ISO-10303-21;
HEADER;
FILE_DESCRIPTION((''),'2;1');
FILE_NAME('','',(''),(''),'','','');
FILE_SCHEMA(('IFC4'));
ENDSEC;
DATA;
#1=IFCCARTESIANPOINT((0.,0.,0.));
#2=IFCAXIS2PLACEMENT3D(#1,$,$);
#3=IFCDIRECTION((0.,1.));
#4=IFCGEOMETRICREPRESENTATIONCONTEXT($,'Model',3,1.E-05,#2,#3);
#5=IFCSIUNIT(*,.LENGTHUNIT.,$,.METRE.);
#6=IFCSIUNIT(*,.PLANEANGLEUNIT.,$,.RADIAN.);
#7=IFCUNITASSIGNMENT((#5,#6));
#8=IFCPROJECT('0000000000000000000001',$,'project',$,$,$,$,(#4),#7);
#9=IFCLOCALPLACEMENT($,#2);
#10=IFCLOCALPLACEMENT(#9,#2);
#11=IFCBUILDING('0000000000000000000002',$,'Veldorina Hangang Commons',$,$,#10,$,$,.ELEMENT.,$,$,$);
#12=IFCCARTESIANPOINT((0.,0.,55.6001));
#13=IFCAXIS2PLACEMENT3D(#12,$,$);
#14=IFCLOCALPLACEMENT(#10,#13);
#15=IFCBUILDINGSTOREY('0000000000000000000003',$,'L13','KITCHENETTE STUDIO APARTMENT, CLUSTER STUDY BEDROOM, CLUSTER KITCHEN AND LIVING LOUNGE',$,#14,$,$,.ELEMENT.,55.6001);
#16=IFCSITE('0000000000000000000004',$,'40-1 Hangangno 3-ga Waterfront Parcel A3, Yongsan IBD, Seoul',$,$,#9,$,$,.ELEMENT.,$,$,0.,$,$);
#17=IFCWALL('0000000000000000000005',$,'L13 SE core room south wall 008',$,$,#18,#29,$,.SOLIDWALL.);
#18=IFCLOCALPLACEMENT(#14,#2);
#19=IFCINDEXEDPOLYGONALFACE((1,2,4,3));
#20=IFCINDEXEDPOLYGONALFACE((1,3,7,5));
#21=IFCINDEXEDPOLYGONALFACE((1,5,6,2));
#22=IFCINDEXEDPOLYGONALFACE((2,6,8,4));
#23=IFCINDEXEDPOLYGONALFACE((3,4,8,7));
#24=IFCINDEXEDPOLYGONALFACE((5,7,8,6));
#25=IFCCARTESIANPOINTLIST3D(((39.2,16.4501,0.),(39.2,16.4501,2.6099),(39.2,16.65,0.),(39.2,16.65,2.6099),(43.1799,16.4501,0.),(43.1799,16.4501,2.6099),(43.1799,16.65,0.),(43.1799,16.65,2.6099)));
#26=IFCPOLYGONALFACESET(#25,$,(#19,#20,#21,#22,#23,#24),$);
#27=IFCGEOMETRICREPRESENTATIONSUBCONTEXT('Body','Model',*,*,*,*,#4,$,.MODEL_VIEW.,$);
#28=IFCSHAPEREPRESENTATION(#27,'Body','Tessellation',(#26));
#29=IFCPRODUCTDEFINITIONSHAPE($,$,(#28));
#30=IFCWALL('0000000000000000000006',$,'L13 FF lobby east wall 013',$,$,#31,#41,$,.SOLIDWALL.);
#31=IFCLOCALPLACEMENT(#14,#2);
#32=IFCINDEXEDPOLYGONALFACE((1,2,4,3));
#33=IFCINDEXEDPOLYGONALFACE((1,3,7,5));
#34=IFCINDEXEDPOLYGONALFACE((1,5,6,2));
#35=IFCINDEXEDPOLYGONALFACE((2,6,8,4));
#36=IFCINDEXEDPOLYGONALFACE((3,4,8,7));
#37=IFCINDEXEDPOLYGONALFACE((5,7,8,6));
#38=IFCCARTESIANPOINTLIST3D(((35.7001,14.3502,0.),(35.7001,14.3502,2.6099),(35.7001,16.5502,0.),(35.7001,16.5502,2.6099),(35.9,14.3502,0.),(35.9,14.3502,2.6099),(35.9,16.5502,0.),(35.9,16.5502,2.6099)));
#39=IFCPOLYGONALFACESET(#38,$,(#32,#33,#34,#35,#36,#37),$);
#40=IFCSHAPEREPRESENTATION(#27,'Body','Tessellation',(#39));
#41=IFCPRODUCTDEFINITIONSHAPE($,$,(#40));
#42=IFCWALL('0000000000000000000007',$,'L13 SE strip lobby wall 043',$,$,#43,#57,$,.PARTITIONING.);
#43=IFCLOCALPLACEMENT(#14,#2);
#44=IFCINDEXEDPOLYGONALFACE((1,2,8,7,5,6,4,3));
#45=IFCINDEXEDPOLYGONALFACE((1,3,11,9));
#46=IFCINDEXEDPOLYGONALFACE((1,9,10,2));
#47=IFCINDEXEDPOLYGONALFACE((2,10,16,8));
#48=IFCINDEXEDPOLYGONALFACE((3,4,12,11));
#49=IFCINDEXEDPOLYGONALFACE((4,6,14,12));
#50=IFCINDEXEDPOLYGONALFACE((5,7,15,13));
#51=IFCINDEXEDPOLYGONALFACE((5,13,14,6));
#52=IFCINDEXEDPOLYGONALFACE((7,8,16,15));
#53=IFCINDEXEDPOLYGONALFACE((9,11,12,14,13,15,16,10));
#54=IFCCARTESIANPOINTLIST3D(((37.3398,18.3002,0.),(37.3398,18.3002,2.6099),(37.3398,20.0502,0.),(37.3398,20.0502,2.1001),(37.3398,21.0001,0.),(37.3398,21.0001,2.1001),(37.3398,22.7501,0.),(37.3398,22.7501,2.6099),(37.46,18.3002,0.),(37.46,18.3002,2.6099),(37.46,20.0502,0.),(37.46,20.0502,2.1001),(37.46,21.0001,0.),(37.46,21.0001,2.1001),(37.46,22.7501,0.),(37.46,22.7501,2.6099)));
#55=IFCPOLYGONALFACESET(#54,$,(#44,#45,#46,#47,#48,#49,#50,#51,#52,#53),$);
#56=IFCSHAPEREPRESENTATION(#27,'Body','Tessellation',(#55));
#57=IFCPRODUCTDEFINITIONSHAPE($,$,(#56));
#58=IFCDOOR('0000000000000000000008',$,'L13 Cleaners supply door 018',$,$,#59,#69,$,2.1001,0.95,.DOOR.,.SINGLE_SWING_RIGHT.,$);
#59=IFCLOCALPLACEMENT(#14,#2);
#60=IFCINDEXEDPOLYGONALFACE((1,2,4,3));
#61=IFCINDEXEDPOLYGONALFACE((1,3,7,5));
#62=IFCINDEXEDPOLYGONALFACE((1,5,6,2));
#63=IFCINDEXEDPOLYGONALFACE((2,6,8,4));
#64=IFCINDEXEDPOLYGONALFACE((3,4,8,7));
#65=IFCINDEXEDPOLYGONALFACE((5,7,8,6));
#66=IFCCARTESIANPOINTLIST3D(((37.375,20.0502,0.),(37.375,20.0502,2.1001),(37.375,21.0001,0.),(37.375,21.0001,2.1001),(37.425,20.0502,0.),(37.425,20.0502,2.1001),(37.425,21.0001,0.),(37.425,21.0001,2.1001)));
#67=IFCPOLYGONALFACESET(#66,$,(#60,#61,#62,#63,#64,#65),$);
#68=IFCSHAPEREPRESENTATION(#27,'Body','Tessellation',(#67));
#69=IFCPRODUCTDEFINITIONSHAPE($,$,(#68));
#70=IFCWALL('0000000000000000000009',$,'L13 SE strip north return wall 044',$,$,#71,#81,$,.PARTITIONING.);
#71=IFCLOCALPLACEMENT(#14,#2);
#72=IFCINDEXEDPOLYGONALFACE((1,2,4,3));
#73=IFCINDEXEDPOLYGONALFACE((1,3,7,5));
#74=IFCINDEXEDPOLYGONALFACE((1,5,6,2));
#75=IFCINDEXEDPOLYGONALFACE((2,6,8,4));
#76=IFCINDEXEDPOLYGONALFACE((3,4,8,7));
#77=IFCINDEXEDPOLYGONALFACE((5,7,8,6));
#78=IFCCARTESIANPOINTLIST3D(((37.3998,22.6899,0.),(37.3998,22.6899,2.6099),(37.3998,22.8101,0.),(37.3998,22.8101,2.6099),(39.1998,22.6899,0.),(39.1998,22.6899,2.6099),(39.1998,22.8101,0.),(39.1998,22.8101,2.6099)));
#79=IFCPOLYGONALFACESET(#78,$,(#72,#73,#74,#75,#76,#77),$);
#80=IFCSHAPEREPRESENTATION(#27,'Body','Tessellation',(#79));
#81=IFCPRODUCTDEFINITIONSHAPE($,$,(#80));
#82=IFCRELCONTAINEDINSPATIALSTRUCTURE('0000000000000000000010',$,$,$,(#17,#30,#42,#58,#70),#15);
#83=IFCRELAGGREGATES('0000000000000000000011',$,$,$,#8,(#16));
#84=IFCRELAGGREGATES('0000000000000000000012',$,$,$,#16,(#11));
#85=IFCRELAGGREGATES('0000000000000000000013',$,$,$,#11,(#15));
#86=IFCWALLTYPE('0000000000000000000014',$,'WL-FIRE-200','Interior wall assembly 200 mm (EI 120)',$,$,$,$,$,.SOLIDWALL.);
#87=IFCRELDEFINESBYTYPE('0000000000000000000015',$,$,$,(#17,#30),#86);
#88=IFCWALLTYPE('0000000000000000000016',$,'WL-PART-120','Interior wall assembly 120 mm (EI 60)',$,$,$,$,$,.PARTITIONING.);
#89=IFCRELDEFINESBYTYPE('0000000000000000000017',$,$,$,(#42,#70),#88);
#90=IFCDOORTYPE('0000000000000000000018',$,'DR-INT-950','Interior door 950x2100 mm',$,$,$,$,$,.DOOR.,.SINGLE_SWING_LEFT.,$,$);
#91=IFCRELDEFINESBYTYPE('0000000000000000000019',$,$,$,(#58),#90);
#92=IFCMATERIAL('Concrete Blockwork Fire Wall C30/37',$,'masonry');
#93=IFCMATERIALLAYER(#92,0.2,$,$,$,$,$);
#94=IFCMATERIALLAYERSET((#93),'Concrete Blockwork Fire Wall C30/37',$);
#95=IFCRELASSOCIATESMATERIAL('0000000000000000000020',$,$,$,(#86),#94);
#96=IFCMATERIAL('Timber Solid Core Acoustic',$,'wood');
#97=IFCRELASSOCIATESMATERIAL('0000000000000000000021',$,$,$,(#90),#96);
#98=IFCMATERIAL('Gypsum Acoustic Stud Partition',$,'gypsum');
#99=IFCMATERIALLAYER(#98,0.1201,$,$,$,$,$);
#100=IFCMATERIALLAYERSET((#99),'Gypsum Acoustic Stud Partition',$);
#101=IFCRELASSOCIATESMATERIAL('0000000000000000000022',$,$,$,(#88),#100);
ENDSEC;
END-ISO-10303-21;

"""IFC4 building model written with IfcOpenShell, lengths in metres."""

from ifc_helpers import new_model, si_unit, direction, frame, frame_2d, origin, place, context, subcontext, project, spatial, rectangle, extrude, material, layer, layer_set, type_object, element, fill, save


model = new_model("IFC4")

# Units and contexts
model_context = context("Model", 3, precision=1e-05, world=origin(), true_north=direction((0.0, 1.0)))
body_context = subcontext(model_context, "Body", "Model", "MODEL_VIEW")
ifc_project = project(units=[si_unit("LENGTHUNIT", "METRE"), si_unit("PLANEANGLEUNIT", "RADIAN")], contexts=[model_context])

# Site, building, storey
site_placement = place(None, origin())
site = spatial("IfcSite", under=ifc_project, at=site_placement, Name="40-1 Hangangno 3-ga Waterfront Parcel A3, Yongsan IBD, Seoul", CompositionType="ELEMENT", RefElevation=0.0)
building_placement = place(site_placement, origin())
building = spatial("IfcBuilding", under=site, at=building_placement, Name="Veldorina Hangang Commons", CompositionType="ELEMENT")
storey_placement = place(building_placement, frame((0.0, 0.0, 55.6001)))
storey = spatial("IfcBuildingStorey", under=building, at=storey_placement, Name="L13", Description="KITCHENETTE STUDIO APARTMENT, CLUSTER STUDY BEDROOM, CLUSTER KITCHEN AND LIVING LOUNGE", CompositionType="ELEMENT", Elevation=55.6001)

# Shared definitions
ifc_material_1 = material(Name="Concrete Blockwork Fire Wall C30/37", Category="masonry")
ifc_layer_1 = layer(ifc_material_1, 0.2)
ifc_layer_set_1 = layer_set([ifc_layer_1], Name="Concrete Blockwork Fire Wall C30/37")
wall_type_1 = type_object("IfcWallType", Name="WL-FIRE-200", Description="Interior wall assembly 200 mm (EI 120)", PredefinedType="SOLIDWALL", material=ifc_layer_set_1)
ifc_material_2 = material(Name="Timber Solid Core Acoustic", Category="wood")
door_type_1 = type_object("IfcDoorType", Name="DR-INT-950", Description="Interior door 950x2100 mm", OperationType="SINGLE_SWING_LEFT", PredefinedType="DOOR", material=ifc_material_2)

# Walls
wall_1_placement = place(storey_placement, frame((39.2, 16.55, 0.0), z_axis=(0.0, 0.0, 1.0), x_axis=(1.0, 0.0, 0.0)))
element("IfcWall", 1, at=wall_1_placement, inside=storey, type_object=wall_type_1, Name="L13 SE core room south wall 008", PredefinedType="SOLIDWALL", context=body_context, shape_type="SweptSolid", body=[
    extrude(rectangle(XDim=3.98, YDim=0.2, at=frame_2d((1.99, 0.0))), origin(), (0.0, 0.0, 1.0), 2.6099),
])
wall_2_placement = place(storey_placement, frame((35.8, 14.3501, 0.0), z_axis=(0.0, 0.0, 1.0), x_axis=(0.0, 1.0, 0.0)))
element("IfcWall", 2, at=wall_2_placement, inside=storey, type_object=wall_type_1, Name="L13 FF lobby east wall 013", PredefinedType="SOLIDWALL", context=body_context, shape_type="SweptSolid", body=[
    extrude(rectangle(XDim=2.2, YDim=0.2, at=frame_2d((1.1001, 0.0))), origin(), (0.0, 0.0, 1.0), 2.6099),
])

# Wall, opening, door
ifc_material_3 = material(Name="Gypsum Acoustic Stud Partition", Category="gypsum")
ifc_layer_2 = layer(ifc_material_3, 0.1201)
ifc_layer_set_2 = layer_set([ifc_layer_2], Name="Gypsum Acoustic Stud Partition")
wall_type_2 = type_object("IfcWallType", Name="WL-PART-120", Description="Interior wall assembly 120 mm (EI 60)", PredefinedType="PARTITIONING", material=ifc_layer_set_2)
wall_3_placement = place(storey_placement, frame((37.3999, 18.3, 0.0), z_axis=(0.0, 0.0, 1.0), x_axis=(0.0, 1.0, 0.0)))
wall_3 = element("IfcWall", 3, at=wall_3_placement, inside=storey, type_object=wall_type_2, Name="L13 SE strip lobby wall 043", PredefinedType="PARTITIONING", context=body_context, shape_type="SweptSolid", body=[
    extrude(rectangle(XDim=4.45, YDim=0.1201, at=frame_2d((2.2251, 0.0))), origin(), (0.0, 0.0, 1.0), 2.6099),
])
opening_1_placement = place(wall_3_placement, frame((1.75, 0.0, 0.0)))
opening_1 = element("IfcOpeningElement", 4, at=opening_1_placement, cuts=wall_3, PredefinedType="OPENING", context=body_context, shape_type="SweptSolid", body=[
    extrude(rectangle(XDim=0.95, YDim=2.1001, at=frame_2d((0.4751, 1.05))), frame((0.0, 0.0701, 0.0), z_axis=(0.0, -1.0, 0.0), x_axis=(1.0, 0.0, 0.0)), (0.0, 0.0, 1.0), 0.1401),
])
door_1_placement = place(opening_1_placement, origin())
door_1 = element("IfcDoor", 5, at=door_1_placement, inside=storey, type_object=door_type_1, Name="L13 Cleaners supply door 018", OperationType="SINGLE_SWING_RIGHT", OverallHeight=2.1001, OverallWidth=0.95, PredefinedType="DOOR", context=body_context, shape_type="SweptSolid", body=[
    extrude(rectangle(XDim=0.95, YDim=2.1001, at=frame_2d((0.4751, 1.05))), frame((0.0, 0.0249, 0.0), z_axis=(0.0, -1.0, 0.0), x_axis=(1.0, 0.0, 0.0)), (0.0, 0.0, 1.0), 0.05),
])
fill(opening_1, door_1)

# Wall
wall_4_placement = place(storey_placement, frame((37.3999, 22.75, 0.0), z_axis=(0.0, 0.0, 1.0), x_axis=(1.0, 0.0, 0.0)))
element("IfcWall", 6, at=wall_4_placement, inside=storey, type_object=wall_type_2, Name="L13 SE strip north return wall 044", PredefinedType="PARTITIONING", context=body_context, shape_type="SweptSolid", body=[
    extrude(rectangle(XDim=1.8, YDim=0.1201, at=frame_2d((0.8999, 0.0))), origin(), (0.0, 0.0, 1.0), 2.6099),
])

save(model, "model.ifc")
